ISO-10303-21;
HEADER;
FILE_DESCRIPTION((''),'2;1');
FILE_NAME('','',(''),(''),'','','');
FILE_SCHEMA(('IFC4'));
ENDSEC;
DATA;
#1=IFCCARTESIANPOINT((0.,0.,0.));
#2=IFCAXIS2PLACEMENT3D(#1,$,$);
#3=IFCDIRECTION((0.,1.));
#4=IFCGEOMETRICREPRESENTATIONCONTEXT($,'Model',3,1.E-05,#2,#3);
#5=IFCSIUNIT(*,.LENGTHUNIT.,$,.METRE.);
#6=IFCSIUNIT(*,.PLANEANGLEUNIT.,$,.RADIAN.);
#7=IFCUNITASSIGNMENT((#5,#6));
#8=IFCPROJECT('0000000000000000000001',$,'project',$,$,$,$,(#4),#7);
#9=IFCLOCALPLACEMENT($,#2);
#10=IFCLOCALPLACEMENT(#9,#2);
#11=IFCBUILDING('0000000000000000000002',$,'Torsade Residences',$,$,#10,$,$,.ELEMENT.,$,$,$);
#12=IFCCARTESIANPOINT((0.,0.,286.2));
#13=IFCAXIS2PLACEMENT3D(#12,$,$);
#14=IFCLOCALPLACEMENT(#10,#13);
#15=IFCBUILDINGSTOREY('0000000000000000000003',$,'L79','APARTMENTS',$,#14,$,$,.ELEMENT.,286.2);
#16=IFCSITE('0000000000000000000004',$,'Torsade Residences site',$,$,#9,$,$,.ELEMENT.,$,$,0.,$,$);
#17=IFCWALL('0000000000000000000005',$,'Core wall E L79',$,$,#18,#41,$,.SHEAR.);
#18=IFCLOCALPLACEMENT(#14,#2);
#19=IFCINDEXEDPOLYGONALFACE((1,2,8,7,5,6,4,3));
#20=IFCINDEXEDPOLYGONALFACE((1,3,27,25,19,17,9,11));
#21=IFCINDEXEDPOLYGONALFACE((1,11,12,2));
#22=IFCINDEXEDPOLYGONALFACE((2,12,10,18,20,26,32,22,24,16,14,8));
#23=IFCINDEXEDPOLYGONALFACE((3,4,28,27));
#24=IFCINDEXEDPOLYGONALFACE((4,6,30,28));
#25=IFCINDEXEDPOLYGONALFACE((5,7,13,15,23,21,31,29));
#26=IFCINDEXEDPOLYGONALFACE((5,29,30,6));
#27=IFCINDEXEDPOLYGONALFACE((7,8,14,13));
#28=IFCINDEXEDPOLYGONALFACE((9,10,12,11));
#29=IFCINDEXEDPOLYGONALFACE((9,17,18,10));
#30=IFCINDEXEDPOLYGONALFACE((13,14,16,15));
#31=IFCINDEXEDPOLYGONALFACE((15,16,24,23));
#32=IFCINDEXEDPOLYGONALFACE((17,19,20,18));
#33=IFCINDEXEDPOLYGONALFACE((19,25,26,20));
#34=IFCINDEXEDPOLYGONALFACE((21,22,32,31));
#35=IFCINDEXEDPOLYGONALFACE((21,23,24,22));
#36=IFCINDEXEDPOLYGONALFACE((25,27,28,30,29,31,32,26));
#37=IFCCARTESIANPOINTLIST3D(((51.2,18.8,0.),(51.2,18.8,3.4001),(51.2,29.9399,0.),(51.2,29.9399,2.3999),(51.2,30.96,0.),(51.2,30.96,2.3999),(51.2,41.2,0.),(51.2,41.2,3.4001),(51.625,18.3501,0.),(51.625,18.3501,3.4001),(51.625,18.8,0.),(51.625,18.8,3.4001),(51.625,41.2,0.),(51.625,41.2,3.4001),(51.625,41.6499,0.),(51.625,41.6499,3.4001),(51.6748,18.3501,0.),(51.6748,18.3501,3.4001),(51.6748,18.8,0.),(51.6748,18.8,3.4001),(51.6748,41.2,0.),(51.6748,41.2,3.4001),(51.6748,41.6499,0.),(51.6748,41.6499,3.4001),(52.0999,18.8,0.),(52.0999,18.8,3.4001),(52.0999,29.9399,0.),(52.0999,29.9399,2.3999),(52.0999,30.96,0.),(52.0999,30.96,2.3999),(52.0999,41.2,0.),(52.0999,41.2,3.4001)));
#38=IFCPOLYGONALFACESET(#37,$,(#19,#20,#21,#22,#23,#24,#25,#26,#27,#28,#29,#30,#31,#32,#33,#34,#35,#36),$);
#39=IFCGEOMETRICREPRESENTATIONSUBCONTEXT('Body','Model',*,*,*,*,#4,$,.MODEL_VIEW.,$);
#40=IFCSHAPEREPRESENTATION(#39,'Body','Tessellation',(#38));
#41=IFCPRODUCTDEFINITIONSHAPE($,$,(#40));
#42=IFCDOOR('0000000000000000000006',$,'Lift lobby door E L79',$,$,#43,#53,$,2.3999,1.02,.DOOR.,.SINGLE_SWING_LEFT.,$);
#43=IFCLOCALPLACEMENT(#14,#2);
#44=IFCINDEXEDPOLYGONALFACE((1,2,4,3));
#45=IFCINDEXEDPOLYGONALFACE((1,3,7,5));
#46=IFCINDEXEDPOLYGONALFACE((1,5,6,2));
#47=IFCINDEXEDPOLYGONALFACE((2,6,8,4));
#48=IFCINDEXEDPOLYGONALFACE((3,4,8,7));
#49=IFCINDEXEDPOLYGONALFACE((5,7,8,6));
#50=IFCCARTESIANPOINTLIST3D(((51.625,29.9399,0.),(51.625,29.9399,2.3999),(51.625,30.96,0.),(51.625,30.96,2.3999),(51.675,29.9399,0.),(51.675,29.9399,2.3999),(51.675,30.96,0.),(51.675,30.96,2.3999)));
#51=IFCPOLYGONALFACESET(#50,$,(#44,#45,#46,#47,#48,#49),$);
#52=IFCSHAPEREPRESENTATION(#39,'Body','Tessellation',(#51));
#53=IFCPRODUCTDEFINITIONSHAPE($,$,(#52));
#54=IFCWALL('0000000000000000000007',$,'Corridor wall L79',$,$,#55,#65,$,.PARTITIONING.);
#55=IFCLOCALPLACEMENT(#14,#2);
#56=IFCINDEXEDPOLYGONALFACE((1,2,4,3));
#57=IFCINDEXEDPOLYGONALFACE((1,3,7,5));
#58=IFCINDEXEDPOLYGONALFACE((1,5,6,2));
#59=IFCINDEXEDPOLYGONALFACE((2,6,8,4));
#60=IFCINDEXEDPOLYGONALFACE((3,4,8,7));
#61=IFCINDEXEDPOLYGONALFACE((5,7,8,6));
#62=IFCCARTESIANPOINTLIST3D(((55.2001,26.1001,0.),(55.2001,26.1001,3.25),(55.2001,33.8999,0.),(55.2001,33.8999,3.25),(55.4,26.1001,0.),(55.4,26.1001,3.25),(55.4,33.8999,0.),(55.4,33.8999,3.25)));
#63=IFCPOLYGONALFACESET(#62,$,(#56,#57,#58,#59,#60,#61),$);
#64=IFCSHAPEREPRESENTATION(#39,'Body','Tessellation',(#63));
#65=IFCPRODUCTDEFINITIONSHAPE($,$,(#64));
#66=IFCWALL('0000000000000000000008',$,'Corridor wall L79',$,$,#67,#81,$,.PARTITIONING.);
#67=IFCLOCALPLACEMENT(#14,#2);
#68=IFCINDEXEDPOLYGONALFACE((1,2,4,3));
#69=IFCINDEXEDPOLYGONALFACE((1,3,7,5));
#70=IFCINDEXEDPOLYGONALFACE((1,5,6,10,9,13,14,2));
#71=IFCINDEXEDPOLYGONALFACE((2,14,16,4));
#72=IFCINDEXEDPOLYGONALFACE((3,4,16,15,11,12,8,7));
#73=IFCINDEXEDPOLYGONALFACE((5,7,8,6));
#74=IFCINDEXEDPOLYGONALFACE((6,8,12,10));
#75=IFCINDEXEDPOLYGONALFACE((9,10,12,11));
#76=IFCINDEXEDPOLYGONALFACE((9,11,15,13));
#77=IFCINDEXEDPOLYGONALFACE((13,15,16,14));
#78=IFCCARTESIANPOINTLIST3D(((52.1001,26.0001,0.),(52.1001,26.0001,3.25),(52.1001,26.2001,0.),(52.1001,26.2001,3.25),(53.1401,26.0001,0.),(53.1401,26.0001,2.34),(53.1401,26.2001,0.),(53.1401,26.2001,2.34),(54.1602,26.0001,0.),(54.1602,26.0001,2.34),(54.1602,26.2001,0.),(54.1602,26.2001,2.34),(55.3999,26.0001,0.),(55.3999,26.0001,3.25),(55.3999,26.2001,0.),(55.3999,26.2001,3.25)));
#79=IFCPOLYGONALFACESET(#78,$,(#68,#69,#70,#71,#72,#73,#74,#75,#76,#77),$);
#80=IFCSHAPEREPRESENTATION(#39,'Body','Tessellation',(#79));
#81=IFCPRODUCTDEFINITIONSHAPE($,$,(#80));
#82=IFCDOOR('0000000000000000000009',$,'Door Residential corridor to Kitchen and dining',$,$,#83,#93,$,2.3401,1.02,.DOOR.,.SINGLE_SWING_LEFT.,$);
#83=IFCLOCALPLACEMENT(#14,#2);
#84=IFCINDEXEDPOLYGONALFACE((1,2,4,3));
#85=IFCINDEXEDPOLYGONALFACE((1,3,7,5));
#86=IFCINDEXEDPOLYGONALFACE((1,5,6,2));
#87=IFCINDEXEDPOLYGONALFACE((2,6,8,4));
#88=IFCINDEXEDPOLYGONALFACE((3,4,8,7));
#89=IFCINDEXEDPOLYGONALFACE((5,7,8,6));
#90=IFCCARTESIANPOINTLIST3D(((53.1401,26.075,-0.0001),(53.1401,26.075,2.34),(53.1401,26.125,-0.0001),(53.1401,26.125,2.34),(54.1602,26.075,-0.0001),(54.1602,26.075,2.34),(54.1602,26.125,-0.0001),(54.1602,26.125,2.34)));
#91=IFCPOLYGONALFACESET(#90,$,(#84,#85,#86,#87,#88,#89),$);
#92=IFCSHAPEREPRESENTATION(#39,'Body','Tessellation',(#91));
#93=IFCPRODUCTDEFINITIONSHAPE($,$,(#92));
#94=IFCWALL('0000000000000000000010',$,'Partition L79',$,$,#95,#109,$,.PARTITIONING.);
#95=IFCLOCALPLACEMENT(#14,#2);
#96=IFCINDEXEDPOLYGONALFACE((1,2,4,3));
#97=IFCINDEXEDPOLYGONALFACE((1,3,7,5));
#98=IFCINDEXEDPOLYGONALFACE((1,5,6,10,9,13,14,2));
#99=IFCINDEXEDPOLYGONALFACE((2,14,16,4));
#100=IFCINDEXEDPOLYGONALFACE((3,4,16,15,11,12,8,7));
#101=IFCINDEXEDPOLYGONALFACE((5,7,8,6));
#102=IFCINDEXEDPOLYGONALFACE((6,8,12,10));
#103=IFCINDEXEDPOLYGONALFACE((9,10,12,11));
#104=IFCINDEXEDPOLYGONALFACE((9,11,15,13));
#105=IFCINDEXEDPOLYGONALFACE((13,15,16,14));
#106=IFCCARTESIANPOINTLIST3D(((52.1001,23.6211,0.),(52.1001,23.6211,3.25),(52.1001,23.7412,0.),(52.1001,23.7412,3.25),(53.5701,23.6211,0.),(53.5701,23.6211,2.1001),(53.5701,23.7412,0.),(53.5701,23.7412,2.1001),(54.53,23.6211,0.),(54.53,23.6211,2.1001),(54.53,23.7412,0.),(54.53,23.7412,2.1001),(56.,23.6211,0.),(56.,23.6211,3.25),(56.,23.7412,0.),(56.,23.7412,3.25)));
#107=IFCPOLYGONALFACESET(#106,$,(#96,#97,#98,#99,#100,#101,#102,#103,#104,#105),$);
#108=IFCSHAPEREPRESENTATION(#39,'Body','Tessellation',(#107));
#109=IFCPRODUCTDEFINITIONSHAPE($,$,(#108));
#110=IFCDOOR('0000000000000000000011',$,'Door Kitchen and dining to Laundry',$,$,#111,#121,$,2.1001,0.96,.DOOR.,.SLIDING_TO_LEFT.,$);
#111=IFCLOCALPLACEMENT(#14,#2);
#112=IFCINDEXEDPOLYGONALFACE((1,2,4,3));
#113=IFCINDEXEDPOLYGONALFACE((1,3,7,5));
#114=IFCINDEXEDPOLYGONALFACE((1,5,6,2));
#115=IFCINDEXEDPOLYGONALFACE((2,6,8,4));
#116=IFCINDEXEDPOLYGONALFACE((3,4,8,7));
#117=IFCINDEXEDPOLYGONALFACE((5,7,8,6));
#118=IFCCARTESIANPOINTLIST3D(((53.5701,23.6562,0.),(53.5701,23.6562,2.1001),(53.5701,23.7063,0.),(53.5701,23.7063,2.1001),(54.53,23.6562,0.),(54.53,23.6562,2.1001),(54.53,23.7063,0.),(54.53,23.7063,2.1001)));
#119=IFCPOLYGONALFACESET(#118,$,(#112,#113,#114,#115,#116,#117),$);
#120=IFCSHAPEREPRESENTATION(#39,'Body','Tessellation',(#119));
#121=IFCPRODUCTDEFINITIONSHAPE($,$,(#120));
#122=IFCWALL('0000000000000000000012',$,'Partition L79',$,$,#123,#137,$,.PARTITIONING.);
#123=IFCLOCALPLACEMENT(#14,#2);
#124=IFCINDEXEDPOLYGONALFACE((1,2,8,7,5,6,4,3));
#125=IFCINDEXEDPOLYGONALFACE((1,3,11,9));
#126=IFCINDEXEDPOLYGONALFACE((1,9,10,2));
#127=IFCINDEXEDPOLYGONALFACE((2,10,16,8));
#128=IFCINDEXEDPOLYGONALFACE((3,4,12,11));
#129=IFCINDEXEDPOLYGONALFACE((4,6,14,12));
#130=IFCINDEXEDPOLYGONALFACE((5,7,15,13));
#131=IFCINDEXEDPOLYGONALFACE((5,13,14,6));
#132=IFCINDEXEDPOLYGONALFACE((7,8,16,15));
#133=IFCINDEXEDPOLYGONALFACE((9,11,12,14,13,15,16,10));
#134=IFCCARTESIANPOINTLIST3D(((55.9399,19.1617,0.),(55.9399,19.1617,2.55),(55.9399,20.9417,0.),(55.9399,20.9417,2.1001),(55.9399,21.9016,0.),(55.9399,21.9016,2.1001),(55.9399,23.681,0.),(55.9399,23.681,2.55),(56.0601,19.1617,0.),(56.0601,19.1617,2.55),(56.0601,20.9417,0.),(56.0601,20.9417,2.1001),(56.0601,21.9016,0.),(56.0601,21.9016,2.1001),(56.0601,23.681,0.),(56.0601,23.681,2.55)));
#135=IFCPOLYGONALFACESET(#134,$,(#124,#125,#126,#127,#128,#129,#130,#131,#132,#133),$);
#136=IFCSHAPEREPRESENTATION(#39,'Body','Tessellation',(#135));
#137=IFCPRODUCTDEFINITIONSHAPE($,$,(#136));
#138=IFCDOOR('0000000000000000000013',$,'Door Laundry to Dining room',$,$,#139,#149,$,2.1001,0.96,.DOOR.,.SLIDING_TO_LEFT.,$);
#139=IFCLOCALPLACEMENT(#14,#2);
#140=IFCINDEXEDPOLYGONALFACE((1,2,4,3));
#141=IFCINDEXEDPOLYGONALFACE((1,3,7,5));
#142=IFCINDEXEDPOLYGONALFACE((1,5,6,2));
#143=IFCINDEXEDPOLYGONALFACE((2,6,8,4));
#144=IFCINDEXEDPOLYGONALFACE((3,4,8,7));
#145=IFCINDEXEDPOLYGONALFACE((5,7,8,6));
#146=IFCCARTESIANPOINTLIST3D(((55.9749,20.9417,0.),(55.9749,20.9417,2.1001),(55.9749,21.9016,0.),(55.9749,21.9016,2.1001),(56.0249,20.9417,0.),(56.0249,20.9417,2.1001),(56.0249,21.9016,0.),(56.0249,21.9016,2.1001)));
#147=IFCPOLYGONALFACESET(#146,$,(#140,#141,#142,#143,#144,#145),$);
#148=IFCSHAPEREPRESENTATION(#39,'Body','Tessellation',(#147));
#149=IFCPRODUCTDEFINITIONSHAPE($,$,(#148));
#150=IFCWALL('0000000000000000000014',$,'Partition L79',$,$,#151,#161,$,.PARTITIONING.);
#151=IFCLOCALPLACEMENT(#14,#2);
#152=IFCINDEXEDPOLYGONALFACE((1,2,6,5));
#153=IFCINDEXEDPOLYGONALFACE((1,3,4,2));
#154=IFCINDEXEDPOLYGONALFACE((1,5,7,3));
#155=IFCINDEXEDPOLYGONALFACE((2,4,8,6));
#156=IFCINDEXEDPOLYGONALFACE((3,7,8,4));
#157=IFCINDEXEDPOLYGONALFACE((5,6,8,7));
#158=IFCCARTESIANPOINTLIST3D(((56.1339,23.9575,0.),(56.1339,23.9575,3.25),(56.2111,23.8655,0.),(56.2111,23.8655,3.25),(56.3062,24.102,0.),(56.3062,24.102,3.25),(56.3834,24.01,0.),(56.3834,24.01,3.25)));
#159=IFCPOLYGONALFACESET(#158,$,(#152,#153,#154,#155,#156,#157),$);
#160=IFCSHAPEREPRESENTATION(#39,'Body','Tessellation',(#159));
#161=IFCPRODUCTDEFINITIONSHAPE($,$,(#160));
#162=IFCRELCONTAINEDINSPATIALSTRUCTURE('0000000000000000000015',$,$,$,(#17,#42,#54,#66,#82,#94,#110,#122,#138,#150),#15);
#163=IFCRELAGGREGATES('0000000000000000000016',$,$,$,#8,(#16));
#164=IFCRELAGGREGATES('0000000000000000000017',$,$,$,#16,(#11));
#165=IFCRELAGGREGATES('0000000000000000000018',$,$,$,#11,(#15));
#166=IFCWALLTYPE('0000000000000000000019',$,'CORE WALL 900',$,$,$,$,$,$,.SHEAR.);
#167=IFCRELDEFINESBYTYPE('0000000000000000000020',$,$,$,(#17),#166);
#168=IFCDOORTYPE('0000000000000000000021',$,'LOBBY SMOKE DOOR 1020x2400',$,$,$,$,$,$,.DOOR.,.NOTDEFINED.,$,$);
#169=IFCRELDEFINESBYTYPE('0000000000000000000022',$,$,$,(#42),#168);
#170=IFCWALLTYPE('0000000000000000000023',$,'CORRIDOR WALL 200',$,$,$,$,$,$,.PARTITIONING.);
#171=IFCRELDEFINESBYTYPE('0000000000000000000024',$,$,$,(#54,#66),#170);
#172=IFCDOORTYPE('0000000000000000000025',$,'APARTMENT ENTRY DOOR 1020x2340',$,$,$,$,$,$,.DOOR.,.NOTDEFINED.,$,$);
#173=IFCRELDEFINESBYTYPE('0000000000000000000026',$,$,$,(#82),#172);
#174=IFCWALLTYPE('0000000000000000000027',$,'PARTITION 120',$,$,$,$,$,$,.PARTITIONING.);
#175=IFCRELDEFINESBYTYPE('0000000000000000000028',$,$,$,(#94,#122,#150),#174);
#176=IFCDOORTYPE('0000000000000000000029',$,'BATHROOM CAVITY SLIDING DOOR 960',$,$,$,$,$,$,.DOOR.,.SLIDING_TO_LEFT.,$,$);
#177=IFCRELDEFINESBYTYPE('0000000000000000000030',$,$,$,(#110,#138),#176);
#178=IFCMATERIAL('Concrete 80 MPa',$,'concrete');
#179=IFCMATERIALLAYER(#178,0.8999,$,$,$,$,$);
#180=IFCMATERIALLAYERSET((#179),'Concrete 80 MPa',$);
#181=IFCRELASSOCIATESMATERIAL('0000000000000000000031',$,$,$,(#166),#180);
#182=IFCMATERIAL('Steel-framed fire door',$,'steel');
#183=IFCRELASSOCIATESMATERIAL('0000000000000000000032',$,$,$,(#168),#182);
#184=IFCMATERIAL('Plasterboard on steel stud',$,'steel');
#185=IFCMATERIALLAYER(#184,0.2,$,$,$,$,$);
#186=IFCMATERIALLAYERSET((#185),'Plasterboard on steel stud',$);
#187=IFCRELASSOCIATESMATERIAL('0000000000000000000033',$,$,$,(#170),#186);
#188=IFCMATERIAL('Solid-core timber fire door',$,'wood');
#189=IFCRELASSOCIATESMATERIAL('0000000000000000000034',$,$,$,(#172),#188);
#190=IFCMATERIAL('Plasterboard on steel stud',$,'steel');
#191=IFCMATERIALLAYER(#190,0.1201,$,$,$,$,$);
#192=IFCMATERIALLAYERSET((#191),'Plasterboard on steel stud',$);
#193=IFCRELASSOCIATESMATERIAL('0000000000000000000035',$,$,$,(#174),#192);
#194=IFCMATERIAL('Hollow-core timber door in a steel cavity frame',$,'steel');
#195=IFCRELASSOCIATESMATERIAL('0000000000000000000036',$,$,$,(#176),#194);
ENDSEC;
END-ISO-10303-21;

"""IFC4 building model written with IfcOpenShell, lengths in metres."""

from ifc_helpers import new_model, si_unit, direction, frame, frame_2d, origin, place, context, subcontext, project, spatial, polyline, rectangle, outline, extrude, material, layer, layer_set, type_object, element, fill, save


model = new_model("IFC4")

# Units and contexts
model_context = context("Model", 3, precision=1e-05, world=origin(), true_north=direction((0.0, 1.0)))
body_context = subcontext(model_context, "Body", "Model", "MODEL_VIEW")
ifc_project = project(units=[si_unit("LENGTHUNIT", "METRE"), si_unit("PLANEANGLEUNIT", "RADIAN")], contexts=[model_context])

# Site, building, storey
site_placement = place(None, origin())
site = spatial("IfcSite", under=ifc_project, at=site_placement, Name="Torsade Residences site", CompositionType="ELEMENT", RefElevation=0.0)
building_placement = place(site_placement, origin())
building = spatial("IfcBuilding", under=site, at=building_placement, Name="Torsade Residences", CompositionType="ELEMENT")
storey_placement = place(building_placement, frame((0.0, 0.0, 286.2)))
storey = spatial("IfcBuildingStorey", under=building, at=storey_placement, Name="L79", Description="APARTMENTS", CompositionType="ELEMENT", Elevation=286.2)

# Wall, opening, door
ifc_material_1 = material(Name="Concrete 80 MPa", Category="concrete")
ifc_layer_1 = layer(ifc_material_1, 0.8999)
ifc_layer_set_1 = layer_set([ifc_layer_1], Name="Concrete 80 MPa")
wall_type_1 = type_object("IfcWallType", Name="CORE WALL 900", PredefinedType="SHEAR", material=ifc_layer_set_1)
wall_1_placement = place(storey_placement, frame((51.6499, 18.8, 0.0), z_axis=(0.0, 0.0, 1.0), x_axis=(0.0, 1.0, 0.0)))
wall_1 = element("IfcWall", 1, at=wall_1_placement, inside=storey, type_object=wall_type_1, Name="Core wall E L79", PredefinedType="SHEAR", context=body_context, shape_type="SweptSolid", body=[
    extrude(outline(polyline([(0.0, -0.45), (22.3999, -0.45), (22.3999, -0.0249), (22.8499, -0.0249), (22.8499, 0.0249), (22.3999, 0.0249), (22.3999, 0.45), (0.0, 0.45), (0.0, 0.0249), (-0.45, 0.0249), (-0.45, -0.0249), (0.0, -0.0249), (0.0, -0.45)])), origin(), (0.0, 0.0, 1.0), 3.4001),
])
opening_1_placement = place(wall_1_placement, frame((11.1399, 0.0, 0.0)))
opening_1 = element("IfcOpeningElement", 2, at=opening_1_placement, cuts=wall_1, PredefinedType="OPENING", context=body_context, shape_type="SweptSolid", body=[
    extrude(rectangle(XDim=1.02, YDim=2.3999, at=frame_2d((0.51, 1.2))), frame((0.0, 0.46, 0.0), z_axis=(0.0, -1.0, 0.0), x_axis=(1.0, 0.0, 0.0)), (0.0, 0.0, 1.0), 0.9199),
])
ifc_material_2 = material(Name="Steel-framed fire door", Category="steel")
door_type_1 = type_object("IfcDoorType", Name="LOBBY SMOKE DOOR 1020x2400", OperationType="NOTDEFINED", PredefinedType="DOOR", material=ifc_material_2)
door_1_placement = place(opening_1_placement, origin())
door_1 = element("IfcDoor", 3, at=door_1_placement, inside=storey, type_object=door_type_1, Name="Lift lobby door E L79", OperationType="SINGLE_SWING_LEFT", OverallHeight=2.3999, OverallWidth=1.02, PredefinedType="DOOR", context=body_context, shape_type="SweptSolid", body=[
    extrude(rectangle(XDim=1.02, YDim=2.3999, at=frame_2d((0.51, 1.2))), frame((0.0, 0.0249, 0.0), z_axis=(0.0, -1.0, 0.0), x_axis=(1.0, 0.0, 0.0)), (0.0, 0.0, 1.0), 0.05),
])
fill(opening_1, door_1)

# Wall
ifc_material_3 = material(Name="Plasterboard on steel stud", Category="steel")
ifc_layer_2 = layer(ifc_material_3, 0.2)
ifc_layer_set_2 = layer_set([ifc_layer_2], Name="Plasterboard on steel stud")
wall_type_2 = type_object("IfcWallType", Name="CORRIDOR WALL 200", PredefinedType="PARTITIONING", material=ifc_layer_set_2)
wall_2_placement = place(storey_placement, frame((55.3, 26.1001, 0.0), z_axis=(0.0, 0.0, 1.0), x_axis=(0.0, 1.0, 0.0)))
element("IfcWall", 4, at=wall_2_placement, inside=storey, type_object=wall_type_2, Name="Corridor wall L79", PredefinedType="PARTITIONING", context=body_context, shape_type="SweptSolid", body=[
    extrude(rectangle(XDim=7.7998, YDim=0.2, at=frame_2d((3.8999, 0.0))), origin(), (0.0, 0.0, 1.0), 3.25),
])

# Walls, openings, doors
wall_3_placement = place(storey_placement, frame((52.1001, 26.1001, 0.0), z_axis=(0.0, 0.0, 1.0), x_axis=(1.0, 0.0, 0.0)))
wall_3 = element("IfcWall", 5, at=wall_3_placement, inside=storey, type_object=wall_type_2, Name="Corridor wall L79", PredefinedType="PARTITIONING", context=body_context, shape_type="SweptSolid", body=[
    extrude(rectangle(XDim=3.2998, YDim=0.2, at=frame_2d((1.6499, 0.0))), origin(), (0.0, 0.0, 1.0), 3.25),
])
opening_2_placement = place(wall_3_placement, frame((1.04, 0.0, 0.0)))
opening_2 = element("IfcOpeningElement", 6, at=opening_2_placement, cuts=wall_3, PredefinedType="OPENING", context=body_context, shape_type="SweptSolid", body=[
    extrude(rectangle(XDim=1.02, YDim=2.3401, at=frame_2d((0.51, 1.1699))), frame((0.0, 0.1099, 0.0), z_axis=(0.0, -1.0, 0.0), x_axis=(1.0, 0.0, 0.0)), (0.0, 0.0, 1.0), 0.22),
])
ifc_material_4 = material(Name="Solid-core timber fire door", Category="wood")
door_type_2 = type_object("IfcDoorType", Name="APARTMENT ENTRY DOOR 1020x2340", OperationType="NOTDEFINED", PredefinedType="DOOR", material=ifc_material_4)
door_2_placement = place(opening_2_placement, origin())
door_2 = element("IfcDoor", 7, at=door_2_placement, inside=storey, type_object=door_type_2, Name="Door Residential corridor to Kitchen and dining", OperationType="SINGLE_SWING_LEFT", OverallHeight=2.3401, OverallWidth=1.02, PredefinedType="DOOR", context=body_context, shape_type="SweptSolid", body=[
    extrude(rectangle(XDim=1.02, YDim=2.3401, at=frame_2d((0.51, 1.1699))), frame((0.0, 0.0249, 0.0), z_axis=(0.0, -1.0, 0.0), x_axis=(1.0, 0.0, 0.0)), (0.0, 0.0, 1.0), 0.05),
])
fill(opening_2, door_2)
ifc_material_5 = material(Name="Plasterboard on steel stud", Category="steel")
ifc_layer_3 = layer(ifc_material_5, 0.1201)
ifc_layer_set_3 = layer_set([ifc_layer_3], Name="Plasterboard on steel stud")
wall_type_3 = type_object("IfcWallType", Name="PARTITION 120", PredefinedType="PARTITIONING", material=ifc_layer_set_3)
wall_4_placement = place(storey_placement, frame((56.0, 23.6812, 0.0), z_axis=(0.0, 0.0, 1.0), x_axis=(-1.0, 0.0, 0.0)))
wall_4 = element("IfcWall", 8, at=wall_4_placement, inside=storey, type_object=wall_type_3, Name="Partition L79", PredefinedType="PARTITIONING", context=body_context, shape_type="SweptSolid", body=[
    extrude(rectangle(XDim=3.8999, YDim=0.1201, at=frame_2d((1.95, 0.0))), origin(), (0.0, 0.0, 1.0), 3.25),
])
opening_3_placement = place(wall_4_placement, frame((1.47, 0.0, 0.0)))
opening_3 = element("IfcOpeningElement", 9, at=opening_3_placement, cuts=wall_4, PredefinedType="OPENING", context=body_context, shape_type="SweptSolid", body=[
    extrude(rectangle(XDim=0.96, YDim=2.1001, at=frame_2d((0.48, 1.05))), frame((0.0, 0.0701, 0.0), z_axis=(0.0, -1.0, 0.0), x_axis=(1.0, 0.0, 0.0)), (0.0, 0.0, 1.0), 0.1401),
])
ifc_material_6 = material(Name="Hollow-core timber door in a steel cavity frame", Category="steel")
door_type_3 = type_object("IfcDoorType", Name="BATHROOM CAVITY SLIDING DOOR 960", OperationType="SLIDING_TO_LEFT", PredefinedType="DOOR", material=ifc_material_6)
door_3_placement = place(opening_3_placement, origin())
door_3 = element("IfcDoor", 10, at=door_3_placement, inside=storey, type_object=door_type_3, Name="Door Kitchen and dining to Laundry", OperationType="SLIDING_TO_LEFT", OverallHeight=2.1001, OverallWidth=0.96, PredefinedType="DOOR", context=body_context, shape_type="SweptSolid", body=[
    extrude(rectangle(XDim=0.96, YDim=2.1001, at=frame_2d((0.48, 1.05))), frame((0.0, 0.0249, 0.0), z_axis=(0.0, -1.0, 0.0), x_axis=(1.0, 0.0, 0.0)), (0.0, 0.0, 1.0), 0.05),
])
fill(opening_3, door_3)
wall_5_placement = place(storey_placement, frame((56.0, 23.6812, 0.0), z_axis=(0.0, 0.0, 1.0), x_axis=(0.0, -1.0, 0.0)))
wall_5 = element("IfcWall", 11, at=wall_5_placement, inside=storey, type_object=wall_type_3, Name="Partition L79", PredefinedType="PARTITIONING", context=body_context, shape_type="SweptSolid", body=[
    extrude(rectangle(XDim=4.5193, YDim=0.1201, at=frame_2d((2.2598, 0.0))), origin(), (0.0, 0.0, 1.0), 2.55),
])
opening_4_placement = place(wall_5_placement, frame((1.7795, 0.0, 0.0)))
opening_4 = element("IfcOpeningElement", 12, at=opening_4_placement, cuts=wall_5, PredefinedType="OPENING", context=body_context, shape_type="SweptSolid", body=[
    extrude(rectangle(XDim=0.96, YDim=2.1001, at=frame_2d((0.48, 1.05))), frame((0.0, 0.0701, 0.0), z_axis=(0.0, -1.0, 0.0), x_axis=(1.0, 0.0, 0.0)), (0.0, 0.0, 1.0), 0.1401),
])
door_4_placement = place(opening_4_placement, origin())
door_4 = element("IfcDoor", 13, at=door_4_placement, inside=storey, type_object=door_type_3, Name="Door Laundry to Dining room", OperationType="SLIDING_TO_LEFT", OverallHeight=2.1001, OverallWidth=0.96, PredefinedType="DOOR", context=body_context, shape_type="SweptSolid", body=[
    extrude(rectangle(XDim=0.96, YDim=2.1001, at=frame_2d((0.48, 1.05))), frame((0.0, 0.0249, 0.0), z_axis=(0.0, -1.0, 0.0), x_axis=(1.0, 0.0, 0.0)), (0.0, 0.0, 1.0), 0.05),
])
fill(opening_4, door_4)

# Wall
wall_6_placement = place(storey_placement, frame((56.3447, 24.0559, 0.0), z_axis=(0.0, 0.0, 1.0), x_axis=(-0.76626, -0.64253, 0.0)))
element("IfcWall", 14, at=wall_6_placement, inside=storey, type_object=wall_type_3, Name="Partition L79", PredefinedType="PARTITIONING", context=body_context, shape_type="SweptSolid", body=[
    extrude(rectangle(XDim=0.2249, YDim=0.1201, at=frame_2d((0.1123, 0.0))), origin(), (0.0, 0.0, 1.0), 3.25),
])

save(model, "model.ifc")
